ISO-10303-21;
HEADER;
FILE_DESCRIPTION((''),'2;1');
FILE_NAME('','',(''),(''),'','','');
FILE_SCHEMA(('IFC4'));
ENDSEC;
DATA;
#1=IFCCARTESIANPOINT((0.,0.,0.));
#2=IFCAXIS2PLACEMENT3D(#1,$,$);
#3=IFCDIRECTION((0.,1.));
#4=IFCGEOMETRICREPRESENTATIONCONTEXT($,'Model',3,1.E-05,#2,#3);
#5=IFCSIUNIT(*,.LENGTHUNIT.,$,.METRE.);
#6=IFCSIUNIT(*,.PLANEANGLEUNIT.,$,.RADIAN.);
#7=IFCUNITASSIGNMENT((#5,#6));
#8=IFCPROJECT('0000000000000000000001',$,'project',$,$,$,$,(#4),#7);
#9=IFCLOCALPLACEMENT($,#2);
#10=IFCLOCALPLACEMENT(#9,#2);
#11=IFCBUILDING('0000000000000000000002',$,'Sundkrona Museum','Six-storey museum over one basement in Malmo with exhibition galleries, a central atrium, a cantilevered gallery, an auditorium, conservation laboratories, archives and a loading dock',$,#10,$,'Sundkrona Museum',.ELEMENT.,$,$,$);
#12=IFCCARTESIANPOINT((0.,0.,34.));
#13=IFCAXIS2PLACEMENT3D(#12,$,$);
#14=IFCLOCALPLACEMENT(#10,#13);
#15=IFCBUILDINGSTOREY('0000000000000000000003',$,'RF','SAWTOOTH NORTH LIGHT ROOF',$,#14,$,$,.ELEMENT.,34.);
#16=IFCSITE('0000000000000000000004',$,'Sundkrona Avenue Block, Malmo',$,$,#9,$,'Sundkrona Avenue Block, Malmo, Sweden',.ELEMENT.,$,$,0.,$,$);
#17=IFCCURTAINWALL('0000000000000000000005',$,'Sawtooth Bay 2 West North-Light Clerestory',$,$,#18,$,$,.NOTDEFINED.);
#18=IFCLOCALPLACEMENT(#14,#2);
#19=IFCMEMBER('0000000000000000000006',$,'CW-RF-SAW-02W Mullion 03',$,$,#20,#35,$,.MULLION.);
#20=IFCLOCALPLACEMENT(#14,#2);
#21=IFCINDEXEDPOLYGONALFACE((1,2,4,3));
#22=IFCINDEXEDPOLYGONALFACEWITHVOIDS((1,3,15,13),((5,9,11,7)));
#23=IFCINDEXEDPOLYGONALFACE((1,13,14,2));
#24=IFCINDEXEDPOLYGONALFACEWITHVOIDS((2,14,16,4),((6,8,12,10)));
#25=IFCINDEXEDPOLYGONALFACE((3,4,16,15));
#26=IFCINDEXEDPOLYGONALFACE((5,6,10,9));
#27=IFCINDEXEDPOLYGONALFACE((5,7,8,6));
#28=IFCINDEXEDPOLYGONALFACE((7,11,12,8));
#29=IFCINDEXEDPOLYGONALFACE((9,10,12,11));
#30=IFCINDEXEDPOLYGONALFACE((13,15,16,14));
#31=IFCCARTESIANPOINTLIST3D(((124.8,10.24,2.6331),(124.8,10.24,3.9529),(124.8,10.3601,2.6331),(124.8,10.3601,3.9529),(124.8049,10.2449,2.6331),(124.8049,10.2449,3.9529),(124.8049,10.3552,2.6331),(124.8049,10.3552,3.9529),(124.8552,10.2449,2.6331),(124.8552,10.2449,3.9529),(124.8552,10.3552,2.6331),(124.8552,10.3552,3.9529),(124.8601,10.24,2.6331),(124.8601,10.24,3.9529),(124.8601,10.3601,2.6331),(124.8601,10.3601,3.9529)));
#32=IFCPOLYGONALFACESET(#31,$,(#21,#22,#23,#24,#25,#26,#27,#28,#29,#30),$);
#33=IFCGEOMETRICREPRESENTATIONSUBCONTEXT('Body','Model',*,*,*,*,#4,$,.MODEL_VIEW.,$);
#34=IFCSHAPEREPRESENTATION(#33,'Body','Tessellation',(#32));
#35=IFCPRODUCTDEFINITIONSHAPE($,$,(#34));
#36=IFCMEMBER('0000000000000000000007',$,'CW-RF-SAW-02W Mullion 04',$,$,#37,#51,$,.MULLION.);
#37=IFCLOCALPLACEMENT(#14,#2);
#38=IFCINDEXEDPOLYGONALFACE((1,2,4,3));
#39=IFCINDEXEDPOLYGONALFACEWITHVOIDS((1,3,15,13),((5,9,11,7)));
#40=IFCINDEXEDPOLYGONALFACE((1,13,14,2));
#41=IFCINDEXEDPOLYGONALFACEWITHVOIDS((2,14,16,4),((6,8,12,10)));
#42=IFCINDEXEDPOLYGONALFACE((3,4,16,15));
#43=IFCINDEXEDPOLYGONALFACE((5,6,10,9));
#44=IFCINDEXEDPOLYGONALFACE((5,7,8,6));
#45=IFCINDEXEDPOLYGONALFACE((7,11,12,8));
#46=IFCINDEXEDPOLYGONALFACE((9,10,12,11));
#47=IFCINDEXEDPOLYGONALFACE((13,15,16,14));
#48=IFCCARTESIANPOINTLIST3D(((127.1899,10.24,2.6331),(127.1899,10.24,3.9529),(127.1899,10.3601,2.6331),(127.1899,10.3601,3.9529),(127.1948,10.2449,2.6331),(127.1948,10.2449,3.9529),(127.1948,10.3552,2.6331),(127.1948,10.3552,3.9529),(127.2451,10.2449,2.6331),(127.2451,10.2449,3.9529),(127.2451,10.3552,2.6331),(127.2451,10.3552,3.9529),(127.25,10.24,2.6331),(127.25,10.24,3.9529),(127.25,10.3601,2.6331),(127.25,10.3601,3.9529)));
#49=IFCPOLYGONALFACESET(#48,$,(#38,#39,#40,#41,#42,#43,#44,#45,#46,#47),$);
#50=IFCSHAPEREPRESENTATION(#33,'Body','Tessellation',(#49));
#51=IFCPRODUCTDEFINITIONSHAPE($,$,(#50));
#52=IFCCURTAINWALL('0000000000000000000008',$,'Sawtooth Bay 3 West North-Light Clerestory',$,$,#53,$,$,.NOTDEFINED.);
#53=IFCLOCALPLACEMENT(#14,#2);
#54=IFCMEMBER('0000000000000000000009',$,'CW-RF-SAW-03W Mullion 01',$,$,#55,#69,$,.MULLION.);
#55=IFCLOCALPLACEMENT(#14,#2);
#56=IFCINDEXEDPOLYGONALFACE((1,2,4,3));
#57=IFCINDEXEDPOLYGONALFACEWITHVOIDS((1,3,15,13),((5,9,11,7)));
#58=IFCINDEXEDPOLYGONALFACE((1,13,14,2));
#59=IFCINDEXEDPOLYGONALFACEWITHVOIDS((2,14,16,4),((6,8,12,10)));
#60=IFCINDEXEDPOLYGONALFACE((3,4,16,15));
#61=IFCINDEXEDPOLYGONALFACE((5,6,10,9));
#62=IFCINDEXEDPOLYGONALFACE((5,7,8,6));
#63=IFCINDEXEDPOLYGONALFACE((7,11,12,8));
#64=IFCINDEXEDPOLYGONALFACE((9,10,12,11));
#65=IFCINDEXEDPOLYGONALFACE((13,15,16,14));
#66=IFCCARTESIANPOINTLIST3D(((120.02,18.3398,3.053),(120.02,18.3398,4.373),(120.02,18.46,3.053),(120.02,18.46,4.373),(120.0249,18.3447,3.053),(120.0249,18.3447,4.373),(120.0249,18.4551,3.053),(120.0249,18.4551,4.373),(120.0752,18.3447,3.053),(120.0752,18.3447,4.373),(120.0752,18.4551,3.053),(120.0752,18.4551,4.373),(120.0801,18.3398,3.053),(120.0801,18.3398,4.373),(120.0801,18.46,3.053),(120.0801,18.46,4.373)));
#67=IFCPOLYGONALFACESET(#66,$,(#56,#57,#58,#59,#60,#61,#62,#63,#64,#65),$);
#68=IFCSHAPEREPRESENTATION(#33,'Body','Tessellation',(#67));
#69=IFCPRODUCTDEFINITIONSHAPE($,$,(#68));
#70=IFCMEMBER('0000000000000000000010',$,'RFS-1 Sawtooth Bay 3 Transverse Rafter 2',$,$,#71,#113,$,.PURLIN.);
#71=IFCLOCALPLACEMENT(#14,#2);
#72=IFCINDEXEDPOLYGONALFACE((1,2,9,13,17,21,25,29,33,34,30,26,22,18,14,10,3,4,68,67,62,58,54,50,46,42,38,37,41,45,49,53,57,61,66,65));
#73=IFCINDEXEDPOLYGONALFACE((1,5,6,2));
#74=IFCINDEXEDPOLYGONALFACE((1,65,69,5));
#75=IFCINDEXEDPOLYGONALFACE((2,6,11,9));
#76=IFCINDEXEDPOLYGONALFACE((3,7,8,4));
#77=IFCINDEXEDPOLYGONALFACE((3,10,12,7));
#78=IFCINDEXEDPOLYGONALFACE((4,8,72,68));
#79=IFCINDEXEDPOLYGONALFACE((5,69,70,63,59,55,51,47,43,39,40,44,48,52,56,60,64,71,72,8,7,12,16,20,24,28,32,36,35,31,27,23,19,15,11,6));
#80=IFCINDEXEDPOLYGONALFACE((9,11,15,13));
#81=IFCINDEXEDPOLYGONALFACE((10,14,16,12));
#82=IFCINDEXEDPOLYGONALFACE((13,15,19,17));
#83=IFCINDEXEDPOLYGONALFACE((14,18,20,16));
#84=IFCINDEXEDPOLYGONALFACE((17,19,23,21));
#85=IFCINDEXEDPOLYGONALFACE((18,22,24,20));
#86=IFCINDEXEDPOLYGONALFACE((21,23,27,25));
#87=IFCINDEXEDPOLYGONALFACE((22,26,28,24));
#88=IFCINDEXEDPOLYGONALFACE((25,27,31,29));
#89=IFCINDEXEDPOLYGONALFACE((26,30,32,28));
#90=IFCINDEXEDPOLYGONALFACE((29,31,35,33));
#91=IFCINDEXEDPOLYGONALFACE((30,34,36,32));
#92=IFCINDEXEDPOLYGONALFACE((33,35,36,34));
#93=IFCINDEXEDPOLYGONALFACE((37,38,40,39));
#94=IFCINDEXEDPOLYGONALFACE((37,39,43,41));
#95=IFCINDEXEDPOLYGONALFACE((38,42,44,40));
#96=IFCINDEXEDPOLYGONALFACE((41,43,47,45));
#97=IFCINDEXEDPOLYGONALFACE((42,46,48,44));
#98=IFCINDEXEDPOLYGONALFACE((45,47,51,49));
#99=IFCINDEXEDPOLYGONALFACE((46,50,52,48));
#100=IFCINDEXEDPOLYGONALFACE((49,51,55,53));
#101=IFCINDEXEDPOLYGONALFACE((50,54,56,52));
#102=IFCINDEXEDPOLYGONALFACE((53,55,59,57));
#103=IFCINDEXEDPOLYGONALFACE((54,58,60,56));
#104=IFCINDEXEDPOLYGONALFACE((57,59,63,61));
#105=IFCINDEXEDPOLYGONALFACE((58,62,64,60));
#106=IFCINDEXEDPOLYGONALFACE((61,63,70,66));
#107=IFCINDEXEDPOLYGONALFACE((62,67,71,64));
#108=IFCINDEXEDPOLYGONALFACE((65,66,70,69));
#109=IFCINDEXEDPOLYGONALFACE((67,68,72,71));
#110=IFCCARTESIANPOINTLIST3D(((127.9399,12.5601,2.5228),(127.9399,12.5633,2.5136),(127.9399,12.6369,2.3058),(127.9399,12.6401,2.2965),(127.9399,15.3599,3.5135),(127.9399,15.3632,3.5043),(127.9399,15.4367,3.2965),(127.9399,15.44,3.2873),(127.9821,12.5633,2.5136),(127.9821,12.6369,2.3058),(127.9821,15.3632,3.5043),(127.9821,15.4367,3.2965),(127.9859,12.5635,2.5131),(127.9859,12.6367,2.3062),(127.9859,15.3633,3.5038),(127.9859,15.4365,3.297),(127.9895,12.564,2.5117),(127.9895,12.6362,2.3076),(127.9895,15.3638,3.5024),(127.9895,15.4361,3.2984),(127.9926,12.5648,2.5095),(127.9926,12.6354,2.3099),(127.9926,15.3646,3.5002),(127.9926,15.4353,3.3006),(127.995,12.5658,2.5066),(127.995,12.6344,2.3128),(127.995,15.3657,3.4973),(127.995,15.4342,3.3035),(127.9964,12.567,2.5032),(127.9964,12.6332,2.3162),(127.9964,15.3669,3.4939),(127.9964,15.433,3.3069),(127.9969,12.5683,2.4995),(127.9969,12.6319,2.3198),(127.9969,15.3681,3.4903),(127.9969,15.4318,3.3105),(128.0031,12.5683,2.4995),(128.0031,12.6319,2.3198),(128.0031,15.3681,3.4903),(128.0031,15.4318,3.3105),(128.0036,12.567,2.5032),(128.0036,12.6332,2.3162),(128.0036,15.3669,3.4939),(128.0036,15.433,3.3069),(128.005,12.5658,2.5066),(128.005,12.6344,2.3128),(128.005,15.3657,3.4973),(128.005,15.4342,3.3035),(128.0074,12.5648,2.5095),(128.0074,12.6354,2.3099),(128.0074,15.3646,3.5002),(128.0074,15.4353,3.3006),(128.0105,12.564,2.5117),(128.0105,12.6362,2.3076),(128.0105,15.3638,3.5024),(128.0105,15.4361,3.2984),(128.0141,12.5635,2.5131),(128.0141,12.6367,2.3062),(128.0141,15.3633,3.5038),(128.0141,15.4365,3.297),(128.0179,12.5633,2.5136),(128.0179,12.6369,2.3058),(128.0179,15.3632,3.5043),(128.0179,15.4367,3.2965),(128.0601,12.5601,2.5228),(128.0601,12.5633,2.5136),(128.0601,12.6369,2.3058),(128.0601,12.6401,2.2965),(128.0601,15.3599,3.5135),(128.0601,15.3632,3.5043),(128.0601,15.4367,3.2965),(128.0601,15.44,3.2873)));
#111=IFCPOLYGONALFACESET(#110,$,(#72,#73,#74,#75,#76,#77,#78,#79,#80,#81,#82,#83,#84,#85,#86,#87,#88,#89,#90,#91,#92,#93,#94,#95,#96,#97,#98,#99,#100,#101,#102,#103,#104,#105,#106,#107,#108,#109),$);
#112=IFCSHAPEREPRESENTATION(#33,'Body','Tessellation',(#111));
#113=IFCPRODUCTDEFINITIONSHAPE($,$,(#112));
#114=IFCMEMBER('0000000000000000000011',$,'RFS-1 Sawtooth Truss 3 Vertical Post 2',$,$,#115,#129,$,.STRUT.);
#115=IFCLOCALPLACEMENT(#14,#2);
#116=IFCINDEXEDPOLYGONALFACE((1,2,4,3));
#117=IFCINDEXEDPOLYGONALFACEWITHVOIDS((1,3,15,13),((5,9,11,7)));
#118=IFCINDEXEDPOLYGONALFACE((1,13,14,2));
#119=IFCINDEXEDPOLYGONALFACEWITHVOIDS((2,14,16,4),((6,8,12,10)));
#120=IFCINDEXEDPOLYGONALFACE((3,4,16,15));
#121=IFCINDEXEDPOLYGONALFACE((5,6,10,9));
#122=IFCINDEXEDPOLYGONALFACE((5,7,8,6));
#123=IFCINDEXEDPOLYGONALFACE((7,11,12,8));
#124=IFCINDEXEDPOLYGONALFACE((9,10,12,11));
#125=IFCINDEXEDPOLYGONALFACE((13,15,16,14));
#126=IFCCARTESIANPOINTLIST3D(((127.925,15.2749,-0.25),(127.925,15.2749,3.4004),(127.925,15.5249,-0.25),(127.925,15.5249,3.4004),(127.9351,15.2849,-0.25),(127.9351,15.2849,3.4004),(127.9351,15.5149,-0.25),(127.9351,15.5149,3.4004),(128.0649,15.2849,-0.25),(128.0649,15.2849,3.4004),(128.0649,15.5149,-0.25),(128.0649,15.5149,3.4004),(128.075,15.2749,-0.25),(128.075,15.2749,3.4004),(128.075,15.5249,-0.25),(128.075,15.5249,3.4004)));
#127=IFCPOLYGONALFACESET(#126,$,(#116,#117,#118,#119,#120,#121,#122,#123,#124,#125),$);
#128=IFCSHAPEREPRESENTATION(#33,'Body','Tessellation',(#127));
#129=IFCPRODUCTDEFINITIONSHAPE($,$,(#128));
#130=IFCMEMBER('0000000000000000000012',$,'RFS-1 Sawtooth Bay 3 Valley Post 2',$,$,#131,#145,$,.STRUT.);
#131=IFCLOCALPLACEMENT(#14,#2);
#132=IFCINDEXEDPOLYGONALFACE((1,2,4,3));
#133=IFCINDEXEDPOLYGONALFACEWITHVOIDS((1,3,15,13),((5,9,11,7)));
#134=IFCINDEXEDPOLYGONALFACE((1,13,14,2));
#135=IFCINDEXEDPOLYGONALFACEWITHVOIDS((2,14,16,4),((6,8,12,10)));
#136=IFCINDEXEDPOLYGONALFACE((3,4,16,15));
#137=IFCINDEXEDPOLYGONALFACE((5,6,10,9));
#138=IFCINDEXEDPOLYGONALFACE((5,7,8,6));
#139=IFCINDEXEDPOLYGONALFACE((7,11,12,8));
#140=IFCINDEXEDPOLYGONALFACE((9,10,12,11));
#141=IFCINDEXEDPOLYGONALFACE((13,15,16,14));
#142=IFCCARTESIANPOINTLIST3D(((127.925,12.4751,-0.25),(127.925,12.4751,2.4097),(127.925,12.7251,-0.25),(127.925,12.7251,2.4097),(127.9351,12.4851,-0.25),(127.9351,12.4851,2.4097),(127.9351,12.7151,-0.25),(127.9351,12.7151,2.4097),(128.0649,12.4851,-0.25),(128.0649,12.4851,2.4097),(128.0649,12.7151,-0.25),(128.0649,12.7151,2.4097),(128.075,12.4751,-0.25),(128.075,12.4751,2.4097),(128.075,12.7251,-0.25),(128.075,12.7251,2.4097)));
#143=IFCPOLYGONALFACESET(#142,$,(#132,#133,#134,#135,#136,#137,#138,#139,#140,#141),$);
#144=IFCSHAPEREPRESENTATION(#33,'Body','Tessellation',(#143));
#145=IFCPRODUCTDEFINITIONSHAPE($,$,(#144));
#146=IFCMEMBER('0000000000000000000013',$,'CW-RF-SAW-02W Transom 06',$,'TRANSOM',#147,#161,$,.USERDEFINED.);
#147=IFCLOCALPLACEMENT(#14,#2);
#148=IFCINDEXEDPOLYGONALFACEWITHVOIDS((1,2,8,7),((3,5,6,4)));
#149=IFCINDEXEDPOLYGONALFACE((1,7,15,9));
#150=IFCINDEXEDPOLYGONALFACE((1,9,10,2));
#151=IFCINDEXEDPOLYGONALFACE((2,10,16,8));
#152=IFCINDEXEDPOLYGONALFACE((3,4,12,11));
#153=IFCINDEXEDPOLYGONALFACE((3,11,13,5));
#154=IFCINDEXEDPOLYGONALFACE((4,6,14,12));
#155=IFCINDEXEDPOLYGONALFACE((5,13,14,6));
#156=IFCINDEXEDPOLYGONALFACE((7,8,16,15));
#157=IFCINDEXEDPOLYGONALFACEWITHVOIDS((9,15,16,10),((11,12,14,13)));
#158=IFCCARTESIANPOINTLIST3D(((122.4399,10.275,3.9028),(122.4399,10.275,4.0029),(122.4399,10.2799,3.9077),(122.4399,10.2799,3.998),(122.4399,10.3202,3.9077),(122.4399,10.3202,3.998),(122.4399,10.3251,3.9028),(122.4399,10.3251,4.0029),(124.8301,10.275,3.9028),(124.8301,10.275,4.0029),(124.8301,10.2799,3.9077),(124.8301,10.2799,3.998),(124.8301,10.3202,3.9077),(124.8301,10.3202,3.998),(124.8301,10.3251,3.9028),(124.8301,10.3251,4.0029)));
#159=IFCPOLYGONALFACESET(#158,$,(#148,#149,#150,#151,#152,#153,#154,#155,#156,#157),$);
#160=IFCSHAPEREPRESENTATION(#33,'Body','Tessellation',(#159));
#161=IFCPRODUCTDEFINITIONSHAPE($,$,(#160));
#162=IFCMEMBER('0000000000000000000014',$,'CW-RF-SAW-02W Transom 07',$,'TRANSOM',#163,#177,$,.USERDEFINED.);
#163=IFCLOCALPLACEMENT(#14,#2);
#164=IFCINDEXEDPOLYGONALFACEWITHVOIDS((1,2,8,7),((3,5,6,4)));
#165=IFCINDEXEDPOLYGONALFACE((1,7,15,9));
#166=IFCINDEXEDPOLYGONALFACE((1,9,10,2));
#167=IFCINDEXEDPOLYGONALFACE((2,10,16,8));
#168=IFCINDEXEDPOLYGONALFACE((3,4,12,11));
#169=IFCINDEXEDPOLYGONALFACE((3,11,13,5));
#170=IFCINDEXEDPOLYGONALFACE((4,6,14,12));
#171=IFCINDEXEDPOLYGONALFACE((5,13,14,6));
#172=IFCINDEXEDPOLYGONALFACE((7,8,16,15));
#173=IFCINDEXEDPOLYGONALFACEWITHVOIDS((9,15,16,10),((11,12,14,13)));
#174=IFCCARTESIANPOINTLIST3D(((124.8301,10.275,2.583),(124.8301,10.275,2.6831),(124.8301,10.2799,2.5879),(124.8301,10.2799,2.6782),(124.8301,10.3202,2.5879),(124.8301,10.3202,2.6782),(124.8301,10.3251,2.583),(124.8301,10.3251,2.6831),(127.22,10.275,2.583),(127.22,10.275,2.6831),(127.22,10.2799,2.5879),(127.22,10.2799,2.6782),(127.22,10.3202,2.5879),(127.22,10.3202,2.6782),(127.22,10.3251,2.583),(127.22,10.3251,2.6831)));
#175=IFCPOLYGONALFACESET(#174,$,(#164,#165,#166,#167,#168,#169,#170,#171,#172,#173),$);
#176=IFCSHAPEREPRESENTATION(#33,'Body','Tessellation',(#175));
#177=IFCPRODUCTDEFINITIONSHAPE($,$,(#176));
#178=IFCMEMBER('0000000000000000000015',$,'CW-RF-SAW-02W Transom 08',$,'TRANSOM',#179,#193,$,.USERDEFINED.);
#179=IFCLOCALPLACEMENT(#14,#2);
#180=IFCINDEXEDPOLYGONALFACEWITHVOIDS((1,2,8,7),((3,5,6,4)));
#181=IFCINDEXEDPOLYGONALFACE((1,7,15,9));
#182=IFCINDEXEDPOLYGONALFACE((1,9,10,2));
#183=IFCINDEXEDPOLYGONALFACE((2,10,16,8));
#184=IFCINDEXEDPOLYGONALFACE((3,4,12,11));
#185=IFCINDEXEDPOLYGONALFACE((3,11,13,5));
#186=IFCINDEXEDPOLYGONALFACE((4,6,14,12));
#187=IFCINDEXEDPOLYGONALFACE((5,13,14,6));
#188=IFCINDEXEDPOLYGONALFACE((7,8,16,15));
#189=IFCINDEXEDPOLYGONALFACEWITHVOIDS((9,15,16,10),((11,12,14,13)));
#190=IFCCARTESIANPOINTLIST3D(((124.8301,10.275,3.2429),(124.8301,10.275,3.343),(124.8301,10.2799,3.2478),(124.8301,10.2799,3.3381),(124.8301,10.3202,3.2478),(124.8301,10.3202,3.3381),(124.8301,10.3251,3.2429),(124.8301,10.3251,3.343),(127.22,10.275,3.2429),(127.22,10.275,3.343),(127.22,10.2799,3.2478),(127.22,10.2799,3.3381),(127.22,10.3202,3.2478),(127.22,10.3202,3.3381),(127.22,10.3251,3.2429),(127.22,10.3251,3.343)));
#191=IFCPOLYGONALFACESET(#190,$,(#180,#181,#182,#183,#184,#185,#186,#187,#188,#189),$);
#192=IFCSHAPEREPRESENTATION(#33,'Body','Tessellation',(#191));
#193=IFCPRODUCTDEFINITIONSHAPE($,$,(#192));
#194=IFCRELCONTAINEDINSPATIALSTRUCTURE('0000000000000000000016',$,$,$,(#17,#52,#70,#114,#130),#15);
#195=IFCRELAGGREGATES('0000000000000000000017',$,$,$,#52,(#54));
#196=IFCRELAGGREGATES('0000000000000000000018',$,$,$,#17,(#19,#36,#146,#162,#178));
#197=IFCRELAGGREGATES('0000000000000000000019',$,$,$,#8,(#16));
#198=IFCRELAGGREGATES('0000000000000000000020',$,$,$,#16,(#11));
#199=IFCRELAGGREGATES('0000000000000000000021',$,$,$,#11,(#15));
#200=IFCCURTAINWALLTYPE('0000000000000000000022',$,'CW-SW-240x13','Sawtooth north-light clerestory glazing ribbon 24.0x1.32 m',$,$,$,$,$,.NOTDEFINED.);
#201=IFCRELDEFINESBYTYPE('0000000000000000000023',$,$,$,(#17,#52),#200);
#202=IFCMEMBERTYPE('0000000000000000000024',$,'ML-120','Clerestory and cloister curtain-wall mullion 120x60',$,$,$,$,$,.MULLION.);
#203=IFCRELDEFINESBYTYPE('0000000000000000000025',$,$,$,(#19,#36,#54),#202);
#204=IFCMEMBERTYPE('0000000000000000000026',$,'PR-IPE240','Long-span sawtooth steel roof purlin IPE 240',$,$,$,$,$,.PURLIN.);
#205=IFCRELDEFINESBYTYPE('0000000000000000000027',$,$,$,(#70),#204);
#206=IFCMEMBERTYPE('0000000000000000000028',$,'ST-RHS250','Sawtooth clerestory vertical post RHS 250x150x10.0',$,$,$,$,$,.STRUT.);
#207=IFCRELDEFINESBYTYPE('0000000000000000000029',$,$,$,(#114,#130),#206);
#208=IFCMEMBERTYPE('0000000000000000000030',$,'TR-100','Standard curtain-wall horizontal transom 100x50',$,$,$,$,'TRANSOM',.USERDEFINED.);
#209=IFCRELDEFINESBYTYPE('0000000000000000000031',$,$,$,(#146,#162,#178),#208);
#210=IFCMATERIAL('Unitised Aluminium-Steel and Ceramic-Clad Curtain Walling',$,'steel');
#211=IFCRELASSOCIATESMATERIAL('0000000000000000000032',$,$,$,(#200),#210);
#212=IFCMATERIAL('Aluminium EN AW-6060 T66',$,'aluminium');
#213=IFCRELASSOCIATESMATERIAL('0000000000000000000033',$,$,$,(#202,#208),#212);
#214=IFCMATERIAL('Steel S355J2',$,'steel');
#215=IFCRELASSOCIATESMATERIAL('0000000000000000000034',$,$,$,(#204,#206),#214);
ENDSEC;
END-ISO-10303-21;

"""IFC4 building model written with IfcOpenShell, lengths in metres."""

from ifc_helpers import new_model, si_unit, direction, frame, origin, origin_2d, place, context, subcontext, project, spatial, hollow_rectangle, i_section, extrude, material, material_profile, profile_set, type_object, element, aggregate, save


model = new_model("IFC4")

# Units and contexts
model_context = context("Model", 3, precision=1e-05, world=origin(), true_north=direction((0.0, 1.0)))
body_context = subcontext(model_context, "Body", "Model", "MODEL_VIEW")
ifc_project = project(units=[si_unit("LENGTHUNIT", "METRE"), si_unit("PLANEANGLEUNIT", "RADIAN")], contexts=[model_context])

# Site, building, storey
site_placement = place(None, origin())
site = spatial("IfcSite", under=ifc_project, at=site_placement, Name="Sundkrona Avenue Block, Malmo", LongName="Sundkrona Avenue Block, Malmo, Sweden", CompositionType="ELEMENT", RefElevation=0.0)
building_placement = place(site_placement, origin())
building = spatial("IfcBuilding", under=site, at=building_placement, Name="Sundkrona Museum", Description="Six-storey museum over one basement in Malmo with exhibition galleries, a central atrium, a cantilevered gallery, an auditorium, conservation laboratories, archives and a loading dock", LongName="Sundkrona Museum", CompositionType="ELEMENT")
storey_placement = place(building_placement, frame((0.0, 0.0, 34.0)))
storey = spatial("IfcBuildingStorey", under=building, at=storey_placement, Name="RF", Description="SAWTOOTH NORTH LIGHT ROOF", CompositionType="ELEMENT", Elevation=34.0)

# Curtain wall, members
ifc_material_1 = material(Name="Unitised Aluminium-Steel and Ceramic-Clad Curtain Walling", Category="steel")
curtain_wall_type = type_object("IfcCurtainWallType", Name="CW-SW-240x13", Description="Sawtooth north-light clerestory glazing ribbon 24.0x1.32 m", PredefinedType="NOTDEFINED", material=ifc_material_1)
curtain_wall_1_placement = place(storey_placement, origin())
curtain_wall_1 = element("IfcCurtainWall", 1, at=curtain_wall_1_placement, inside=storey, type_object=curtain_wall_type, Name="Sawtooth Bay 2 West North-Light Clerestory", PredefinedType="NOTDEFINED")
ifc_material_2 = material(Name="Aluminium EN AW-6060 T66", Category="aluminium")
ifc_material_profile_1 = material_profile(ifc_material_2, hollow_rectangle(XDim=0.0601, YDim=0.1201, WallThickness=0.0049, at=origin_2d()), Name="RHS 120x60x5.0")
ifc_profile_set_1 = profile_set([ifc_material_profile_1], Name="Aluminium EN AW-6060 T66")
member_type_1 = type_object("IfcMemberType", Name="ML-120", Description="Clerestory and cloister curtain-wall mullion 120x60", PredefinedType="MULLION", material=ifc_profile_set_1)
member_1_placement = place(storey_placement, frame((124.8301, 10.3, 2.6331), z_axis=(0.0, 0.0, 1.0), x_axis=(1.0, 0.0, 0.0)))
member_1 = element("IfcMember", 2, at=member_1_placement, type_object=member_type_1, Name="CW-RF-SAW-02W Mullion 03", PredefinedType="MULLION", context=body_context, shape_type="SweptSolid", body=[
    extrude(hollow_rectangle(XDim=0.0601, YDim=0.1201, WallThickness=0.0049, at=origin_2d()), origin(), (0.0, 0.0, 1.0), 1.3198),
])
member_2_placement = place(storey_placement, frame((127.22, 10.3, 2.6331), z_axis=(0.0, 0.0, 1.0), x_axis=(1.0, 0.0, 0.0)))
member_2 = element("IfcMember", 3, at=member_2_placement, type_object=member_type_1, Name="CW-RF-SAW-02W Mullion 04", PredefinedType="MULLION", context=body_context, shape_type="SweptSolid", body=[
    extrude(hollow_rectangle(XDim=0.0601, YDim=0.1201, WallThickness=0.0049, at=origin_2d()), origin(), (0.0, 0.0, 1.0), 1.3198),
])

# Curtain wall, member
curtain_wall_2_placement = place(storey_placement, origin())
curtain_wall_2 = element("IfcCurtainWall", 4, at=curtain_wall_2_placement, inside=storey, type_object=curtain_wall_type, Name="Sawtooth Bay 3 West North-Light Clerestory", PredefinedType="NOTDEFINED")
member_3_placement = place(storey_placement, frame((120.05, 18.3999, 3.053), z_axis=(0.0, 0.0, 1.0), x_axis=(1.0, 0.0, 0.0)))
member_3 = element("IfcMember", 5, at=member_3_placement, type_object=member_type_1, Name="CW-RF-SAW-03W Mullion 01", PredefinedType="MULLION", context=body_context, shape_type="SweptSolid", body=[
    extrude(hollow_rectangle(XDim=0.0601, YDim=0.1201, WallThickness=0.0049, at=origin_2d()), origin(), (0.0, 0.0, 1.0), 1.3201),
])

# Members
ifc_material_3 = material(Name="Steel S355J2", Category="steel")
ifc_material_profile_2 = material_profile(ifc_material_3, i_section(OverallWidth=0.1201, OverallDepth=0.24, WebThickness=0.0061, FlangeThickness=0.0098, FilletRadius=0.0149, at=origin_2d()), Name="IPE 240")
ifc_profile_set_2 = profile_set([ifc_material_profile_2], Name="Steel S355J2")
member_type_2 = type_object("IfcMemberType", Name="PR-IPE240", Description="Long-span sawtooth steel roof purlin IPE 240", PredefinedType="PURLIN", material=ifc_profile_set_2)
member_4_placement = place(storey_placement, frame((128.0, 12.6001, 2.4097), z_axis=(0.0, 0.94272, 0.333585), x_axis=(-1.0, 0.0, 0.0)))
element("IfcMember", 6, at=member_4_placement, inside=storey, type_object=member_type_2, Name="RFS-1 Sawtooth Bay 3 Transverse Rafter 2", PredefinedType="PURLIN", context=body_context, shape_type="SweptSolid", body=[
    extrude(i_section(OverallWidth=0.1201, OverallDepth=0.24, WebThickness=0.0061, FlangeThickness=0.0098, FilletRadius=0.0149, at=origin_2d()), origin(), (0.0, 0.0, 1.0), 2.97),
])
ifc_material_profile_3 = material_profile(ifc_material_3, hollow_rectangle(XDim=0.1499, YDim=0.25, WallThickness=0.01, at=origin_2d()), Name="RHS 250x150x10.0")
ifc_profile_set_3 = profile_set([ifc_material_profile_3], Name="Steel S355J2")
member_type_3 = type_object("IfcMemberType", Name="ST-RHS250", Description="Sawtooth clerestory vertical post RHS 250x150x10.0", PredefinedType="STRUT", material=ifc_profile_set_3)
member_5_placement = place(storey_placement, frame((128.0, 15.3999, -0.25), z_axis=(0.0, 0.0, 1.0), x_axis=(1.0, 0.0, 0.0)))
element("IfcMember", 7, at=member_5_placement, inside=storey, type_object=member_type_3, Name="RFS-1 Sawtooth Truss 3 Vertical Post 2", PredefinedType="STRUT", context=body_context, shape_type="SweptSolid", body=[
    extrude(hollow_rectangle(XDim=0.1499, YDim=0.25, WallThickness=0.01, at=origin_2d()), origin(), (0.0, 0.0, 1.0), 3.6504),
])
member_6_placement = place(storey_placement, frame((128.0, 12.6001, -0.25), z_axis=(0.0, 0.0, 1.0), x_axis=(1.0, 0.0, 0.0)))
element("IfcMember", 8, at=member_6_placement, inside=storey, type_object=member_type_3, Name="RFS-1 Sawtooth Bay 3 Valley Post 2", PredefinedType="STRUT", context=body_context, shape_type="SweptSolid", body=[
    extrude(hollow_rectangle(XDim=0.1499, YDim=0.25, WallThickness=0.01, at=origin_2d()), origin(), (0.0, 0.0, 1.0), 2.6597),
])

# Members
ifc_material_profile_4 = material_profile(ifc_material_2, hollow_rectangle(XDim=0.05, YDim=0.1001, WallThickness=0.0049, at=origin_2d()), Name="RHS 100x50x5.0")
ifc_profile_set_4 = profile_set([ifc_material_profile_4], Name="Aluminium EN AW-6060 T66")
member_type_4 = type_object("IfcMemberType", Name="TR-100", Description="Standard curtain-wall horizontal transom 100x50", ElementType="TRANSOM", PredefinedType="USERDEFINED", material=ifc_profile_set_4)
member_7_placement = place(storey_placement, frame((122.4399, 10.3, 3.9529), z_axis=(1.0, 0.0, 0.0), x_axis=(0.0, 1.0, 0.0)))
member_7 = element("IfcMember", 9, at=member_7_placement, type_object=member_type_4, Name="CW-RF-SAW-02W Transom 06", ObjectType="TRANSOM", PredefinedType="USERDEFINED", context=body_context, shape_type="SweptSolid", body=[
    extrude(hollow_rectangle(XDim=0.05, YDim=0.1001, WallThickness=0.0049, at=origin_2d()), origin(), (0.0, 0.0, 1.0), 2.3901),
])
member_8_placement = place(storey_placement, frame((124.8301, 10.3, 2.6331), z_axis=(1.0, 0.0, 0.0), x_axis=(0.0, 1.0, 0.0)))
member_8 = element("IfcMember", 10, at=member_8_placement, type_object=member_type_4, Name="CW-RF-SAW-02W Transom 07", ObjectType="TRANSOM", PredefinedType="USERDEFINED", context=body_context, shape_type="SweptSolid", body=[
    extrude(hollow_rectangle(XDim=0.05, YDim=0.1001, WallThickness=0.0049, at=origin_2d()), origin(), (0.0, 0.0, 1.0), 2.3899),
])
member_9_placement = place(storey_placement, frame((124.8301, 10.3, 3.293), z_axis=(1.0, 0.0, 0.0), x_axis=(0.0, 1.0, 0.0)))
member_9 = element("IfcMember", 11, at=member_9_placement, type_object=member_type_4, Name="CW-RF-SAW-02W Transom 08", ObjectType="TRANSOM", PredefinedType="USERDEFINED", context=body_context, shape_type="SweptSolid", body=[
    extrude(hollow_rectangle(XDim=0.05, YDim=0.1001, WallThickness=0.0049, at=origin_2d()), origin(), (0.0, 0.0, 1.0), 2.3899),
])
aggregate(curtain_wall_2, [member_3])

aggregate(curtain_wall_1, [member_1, member_2, member_7, member_8, member_9])

save(model, "model.ifc")
